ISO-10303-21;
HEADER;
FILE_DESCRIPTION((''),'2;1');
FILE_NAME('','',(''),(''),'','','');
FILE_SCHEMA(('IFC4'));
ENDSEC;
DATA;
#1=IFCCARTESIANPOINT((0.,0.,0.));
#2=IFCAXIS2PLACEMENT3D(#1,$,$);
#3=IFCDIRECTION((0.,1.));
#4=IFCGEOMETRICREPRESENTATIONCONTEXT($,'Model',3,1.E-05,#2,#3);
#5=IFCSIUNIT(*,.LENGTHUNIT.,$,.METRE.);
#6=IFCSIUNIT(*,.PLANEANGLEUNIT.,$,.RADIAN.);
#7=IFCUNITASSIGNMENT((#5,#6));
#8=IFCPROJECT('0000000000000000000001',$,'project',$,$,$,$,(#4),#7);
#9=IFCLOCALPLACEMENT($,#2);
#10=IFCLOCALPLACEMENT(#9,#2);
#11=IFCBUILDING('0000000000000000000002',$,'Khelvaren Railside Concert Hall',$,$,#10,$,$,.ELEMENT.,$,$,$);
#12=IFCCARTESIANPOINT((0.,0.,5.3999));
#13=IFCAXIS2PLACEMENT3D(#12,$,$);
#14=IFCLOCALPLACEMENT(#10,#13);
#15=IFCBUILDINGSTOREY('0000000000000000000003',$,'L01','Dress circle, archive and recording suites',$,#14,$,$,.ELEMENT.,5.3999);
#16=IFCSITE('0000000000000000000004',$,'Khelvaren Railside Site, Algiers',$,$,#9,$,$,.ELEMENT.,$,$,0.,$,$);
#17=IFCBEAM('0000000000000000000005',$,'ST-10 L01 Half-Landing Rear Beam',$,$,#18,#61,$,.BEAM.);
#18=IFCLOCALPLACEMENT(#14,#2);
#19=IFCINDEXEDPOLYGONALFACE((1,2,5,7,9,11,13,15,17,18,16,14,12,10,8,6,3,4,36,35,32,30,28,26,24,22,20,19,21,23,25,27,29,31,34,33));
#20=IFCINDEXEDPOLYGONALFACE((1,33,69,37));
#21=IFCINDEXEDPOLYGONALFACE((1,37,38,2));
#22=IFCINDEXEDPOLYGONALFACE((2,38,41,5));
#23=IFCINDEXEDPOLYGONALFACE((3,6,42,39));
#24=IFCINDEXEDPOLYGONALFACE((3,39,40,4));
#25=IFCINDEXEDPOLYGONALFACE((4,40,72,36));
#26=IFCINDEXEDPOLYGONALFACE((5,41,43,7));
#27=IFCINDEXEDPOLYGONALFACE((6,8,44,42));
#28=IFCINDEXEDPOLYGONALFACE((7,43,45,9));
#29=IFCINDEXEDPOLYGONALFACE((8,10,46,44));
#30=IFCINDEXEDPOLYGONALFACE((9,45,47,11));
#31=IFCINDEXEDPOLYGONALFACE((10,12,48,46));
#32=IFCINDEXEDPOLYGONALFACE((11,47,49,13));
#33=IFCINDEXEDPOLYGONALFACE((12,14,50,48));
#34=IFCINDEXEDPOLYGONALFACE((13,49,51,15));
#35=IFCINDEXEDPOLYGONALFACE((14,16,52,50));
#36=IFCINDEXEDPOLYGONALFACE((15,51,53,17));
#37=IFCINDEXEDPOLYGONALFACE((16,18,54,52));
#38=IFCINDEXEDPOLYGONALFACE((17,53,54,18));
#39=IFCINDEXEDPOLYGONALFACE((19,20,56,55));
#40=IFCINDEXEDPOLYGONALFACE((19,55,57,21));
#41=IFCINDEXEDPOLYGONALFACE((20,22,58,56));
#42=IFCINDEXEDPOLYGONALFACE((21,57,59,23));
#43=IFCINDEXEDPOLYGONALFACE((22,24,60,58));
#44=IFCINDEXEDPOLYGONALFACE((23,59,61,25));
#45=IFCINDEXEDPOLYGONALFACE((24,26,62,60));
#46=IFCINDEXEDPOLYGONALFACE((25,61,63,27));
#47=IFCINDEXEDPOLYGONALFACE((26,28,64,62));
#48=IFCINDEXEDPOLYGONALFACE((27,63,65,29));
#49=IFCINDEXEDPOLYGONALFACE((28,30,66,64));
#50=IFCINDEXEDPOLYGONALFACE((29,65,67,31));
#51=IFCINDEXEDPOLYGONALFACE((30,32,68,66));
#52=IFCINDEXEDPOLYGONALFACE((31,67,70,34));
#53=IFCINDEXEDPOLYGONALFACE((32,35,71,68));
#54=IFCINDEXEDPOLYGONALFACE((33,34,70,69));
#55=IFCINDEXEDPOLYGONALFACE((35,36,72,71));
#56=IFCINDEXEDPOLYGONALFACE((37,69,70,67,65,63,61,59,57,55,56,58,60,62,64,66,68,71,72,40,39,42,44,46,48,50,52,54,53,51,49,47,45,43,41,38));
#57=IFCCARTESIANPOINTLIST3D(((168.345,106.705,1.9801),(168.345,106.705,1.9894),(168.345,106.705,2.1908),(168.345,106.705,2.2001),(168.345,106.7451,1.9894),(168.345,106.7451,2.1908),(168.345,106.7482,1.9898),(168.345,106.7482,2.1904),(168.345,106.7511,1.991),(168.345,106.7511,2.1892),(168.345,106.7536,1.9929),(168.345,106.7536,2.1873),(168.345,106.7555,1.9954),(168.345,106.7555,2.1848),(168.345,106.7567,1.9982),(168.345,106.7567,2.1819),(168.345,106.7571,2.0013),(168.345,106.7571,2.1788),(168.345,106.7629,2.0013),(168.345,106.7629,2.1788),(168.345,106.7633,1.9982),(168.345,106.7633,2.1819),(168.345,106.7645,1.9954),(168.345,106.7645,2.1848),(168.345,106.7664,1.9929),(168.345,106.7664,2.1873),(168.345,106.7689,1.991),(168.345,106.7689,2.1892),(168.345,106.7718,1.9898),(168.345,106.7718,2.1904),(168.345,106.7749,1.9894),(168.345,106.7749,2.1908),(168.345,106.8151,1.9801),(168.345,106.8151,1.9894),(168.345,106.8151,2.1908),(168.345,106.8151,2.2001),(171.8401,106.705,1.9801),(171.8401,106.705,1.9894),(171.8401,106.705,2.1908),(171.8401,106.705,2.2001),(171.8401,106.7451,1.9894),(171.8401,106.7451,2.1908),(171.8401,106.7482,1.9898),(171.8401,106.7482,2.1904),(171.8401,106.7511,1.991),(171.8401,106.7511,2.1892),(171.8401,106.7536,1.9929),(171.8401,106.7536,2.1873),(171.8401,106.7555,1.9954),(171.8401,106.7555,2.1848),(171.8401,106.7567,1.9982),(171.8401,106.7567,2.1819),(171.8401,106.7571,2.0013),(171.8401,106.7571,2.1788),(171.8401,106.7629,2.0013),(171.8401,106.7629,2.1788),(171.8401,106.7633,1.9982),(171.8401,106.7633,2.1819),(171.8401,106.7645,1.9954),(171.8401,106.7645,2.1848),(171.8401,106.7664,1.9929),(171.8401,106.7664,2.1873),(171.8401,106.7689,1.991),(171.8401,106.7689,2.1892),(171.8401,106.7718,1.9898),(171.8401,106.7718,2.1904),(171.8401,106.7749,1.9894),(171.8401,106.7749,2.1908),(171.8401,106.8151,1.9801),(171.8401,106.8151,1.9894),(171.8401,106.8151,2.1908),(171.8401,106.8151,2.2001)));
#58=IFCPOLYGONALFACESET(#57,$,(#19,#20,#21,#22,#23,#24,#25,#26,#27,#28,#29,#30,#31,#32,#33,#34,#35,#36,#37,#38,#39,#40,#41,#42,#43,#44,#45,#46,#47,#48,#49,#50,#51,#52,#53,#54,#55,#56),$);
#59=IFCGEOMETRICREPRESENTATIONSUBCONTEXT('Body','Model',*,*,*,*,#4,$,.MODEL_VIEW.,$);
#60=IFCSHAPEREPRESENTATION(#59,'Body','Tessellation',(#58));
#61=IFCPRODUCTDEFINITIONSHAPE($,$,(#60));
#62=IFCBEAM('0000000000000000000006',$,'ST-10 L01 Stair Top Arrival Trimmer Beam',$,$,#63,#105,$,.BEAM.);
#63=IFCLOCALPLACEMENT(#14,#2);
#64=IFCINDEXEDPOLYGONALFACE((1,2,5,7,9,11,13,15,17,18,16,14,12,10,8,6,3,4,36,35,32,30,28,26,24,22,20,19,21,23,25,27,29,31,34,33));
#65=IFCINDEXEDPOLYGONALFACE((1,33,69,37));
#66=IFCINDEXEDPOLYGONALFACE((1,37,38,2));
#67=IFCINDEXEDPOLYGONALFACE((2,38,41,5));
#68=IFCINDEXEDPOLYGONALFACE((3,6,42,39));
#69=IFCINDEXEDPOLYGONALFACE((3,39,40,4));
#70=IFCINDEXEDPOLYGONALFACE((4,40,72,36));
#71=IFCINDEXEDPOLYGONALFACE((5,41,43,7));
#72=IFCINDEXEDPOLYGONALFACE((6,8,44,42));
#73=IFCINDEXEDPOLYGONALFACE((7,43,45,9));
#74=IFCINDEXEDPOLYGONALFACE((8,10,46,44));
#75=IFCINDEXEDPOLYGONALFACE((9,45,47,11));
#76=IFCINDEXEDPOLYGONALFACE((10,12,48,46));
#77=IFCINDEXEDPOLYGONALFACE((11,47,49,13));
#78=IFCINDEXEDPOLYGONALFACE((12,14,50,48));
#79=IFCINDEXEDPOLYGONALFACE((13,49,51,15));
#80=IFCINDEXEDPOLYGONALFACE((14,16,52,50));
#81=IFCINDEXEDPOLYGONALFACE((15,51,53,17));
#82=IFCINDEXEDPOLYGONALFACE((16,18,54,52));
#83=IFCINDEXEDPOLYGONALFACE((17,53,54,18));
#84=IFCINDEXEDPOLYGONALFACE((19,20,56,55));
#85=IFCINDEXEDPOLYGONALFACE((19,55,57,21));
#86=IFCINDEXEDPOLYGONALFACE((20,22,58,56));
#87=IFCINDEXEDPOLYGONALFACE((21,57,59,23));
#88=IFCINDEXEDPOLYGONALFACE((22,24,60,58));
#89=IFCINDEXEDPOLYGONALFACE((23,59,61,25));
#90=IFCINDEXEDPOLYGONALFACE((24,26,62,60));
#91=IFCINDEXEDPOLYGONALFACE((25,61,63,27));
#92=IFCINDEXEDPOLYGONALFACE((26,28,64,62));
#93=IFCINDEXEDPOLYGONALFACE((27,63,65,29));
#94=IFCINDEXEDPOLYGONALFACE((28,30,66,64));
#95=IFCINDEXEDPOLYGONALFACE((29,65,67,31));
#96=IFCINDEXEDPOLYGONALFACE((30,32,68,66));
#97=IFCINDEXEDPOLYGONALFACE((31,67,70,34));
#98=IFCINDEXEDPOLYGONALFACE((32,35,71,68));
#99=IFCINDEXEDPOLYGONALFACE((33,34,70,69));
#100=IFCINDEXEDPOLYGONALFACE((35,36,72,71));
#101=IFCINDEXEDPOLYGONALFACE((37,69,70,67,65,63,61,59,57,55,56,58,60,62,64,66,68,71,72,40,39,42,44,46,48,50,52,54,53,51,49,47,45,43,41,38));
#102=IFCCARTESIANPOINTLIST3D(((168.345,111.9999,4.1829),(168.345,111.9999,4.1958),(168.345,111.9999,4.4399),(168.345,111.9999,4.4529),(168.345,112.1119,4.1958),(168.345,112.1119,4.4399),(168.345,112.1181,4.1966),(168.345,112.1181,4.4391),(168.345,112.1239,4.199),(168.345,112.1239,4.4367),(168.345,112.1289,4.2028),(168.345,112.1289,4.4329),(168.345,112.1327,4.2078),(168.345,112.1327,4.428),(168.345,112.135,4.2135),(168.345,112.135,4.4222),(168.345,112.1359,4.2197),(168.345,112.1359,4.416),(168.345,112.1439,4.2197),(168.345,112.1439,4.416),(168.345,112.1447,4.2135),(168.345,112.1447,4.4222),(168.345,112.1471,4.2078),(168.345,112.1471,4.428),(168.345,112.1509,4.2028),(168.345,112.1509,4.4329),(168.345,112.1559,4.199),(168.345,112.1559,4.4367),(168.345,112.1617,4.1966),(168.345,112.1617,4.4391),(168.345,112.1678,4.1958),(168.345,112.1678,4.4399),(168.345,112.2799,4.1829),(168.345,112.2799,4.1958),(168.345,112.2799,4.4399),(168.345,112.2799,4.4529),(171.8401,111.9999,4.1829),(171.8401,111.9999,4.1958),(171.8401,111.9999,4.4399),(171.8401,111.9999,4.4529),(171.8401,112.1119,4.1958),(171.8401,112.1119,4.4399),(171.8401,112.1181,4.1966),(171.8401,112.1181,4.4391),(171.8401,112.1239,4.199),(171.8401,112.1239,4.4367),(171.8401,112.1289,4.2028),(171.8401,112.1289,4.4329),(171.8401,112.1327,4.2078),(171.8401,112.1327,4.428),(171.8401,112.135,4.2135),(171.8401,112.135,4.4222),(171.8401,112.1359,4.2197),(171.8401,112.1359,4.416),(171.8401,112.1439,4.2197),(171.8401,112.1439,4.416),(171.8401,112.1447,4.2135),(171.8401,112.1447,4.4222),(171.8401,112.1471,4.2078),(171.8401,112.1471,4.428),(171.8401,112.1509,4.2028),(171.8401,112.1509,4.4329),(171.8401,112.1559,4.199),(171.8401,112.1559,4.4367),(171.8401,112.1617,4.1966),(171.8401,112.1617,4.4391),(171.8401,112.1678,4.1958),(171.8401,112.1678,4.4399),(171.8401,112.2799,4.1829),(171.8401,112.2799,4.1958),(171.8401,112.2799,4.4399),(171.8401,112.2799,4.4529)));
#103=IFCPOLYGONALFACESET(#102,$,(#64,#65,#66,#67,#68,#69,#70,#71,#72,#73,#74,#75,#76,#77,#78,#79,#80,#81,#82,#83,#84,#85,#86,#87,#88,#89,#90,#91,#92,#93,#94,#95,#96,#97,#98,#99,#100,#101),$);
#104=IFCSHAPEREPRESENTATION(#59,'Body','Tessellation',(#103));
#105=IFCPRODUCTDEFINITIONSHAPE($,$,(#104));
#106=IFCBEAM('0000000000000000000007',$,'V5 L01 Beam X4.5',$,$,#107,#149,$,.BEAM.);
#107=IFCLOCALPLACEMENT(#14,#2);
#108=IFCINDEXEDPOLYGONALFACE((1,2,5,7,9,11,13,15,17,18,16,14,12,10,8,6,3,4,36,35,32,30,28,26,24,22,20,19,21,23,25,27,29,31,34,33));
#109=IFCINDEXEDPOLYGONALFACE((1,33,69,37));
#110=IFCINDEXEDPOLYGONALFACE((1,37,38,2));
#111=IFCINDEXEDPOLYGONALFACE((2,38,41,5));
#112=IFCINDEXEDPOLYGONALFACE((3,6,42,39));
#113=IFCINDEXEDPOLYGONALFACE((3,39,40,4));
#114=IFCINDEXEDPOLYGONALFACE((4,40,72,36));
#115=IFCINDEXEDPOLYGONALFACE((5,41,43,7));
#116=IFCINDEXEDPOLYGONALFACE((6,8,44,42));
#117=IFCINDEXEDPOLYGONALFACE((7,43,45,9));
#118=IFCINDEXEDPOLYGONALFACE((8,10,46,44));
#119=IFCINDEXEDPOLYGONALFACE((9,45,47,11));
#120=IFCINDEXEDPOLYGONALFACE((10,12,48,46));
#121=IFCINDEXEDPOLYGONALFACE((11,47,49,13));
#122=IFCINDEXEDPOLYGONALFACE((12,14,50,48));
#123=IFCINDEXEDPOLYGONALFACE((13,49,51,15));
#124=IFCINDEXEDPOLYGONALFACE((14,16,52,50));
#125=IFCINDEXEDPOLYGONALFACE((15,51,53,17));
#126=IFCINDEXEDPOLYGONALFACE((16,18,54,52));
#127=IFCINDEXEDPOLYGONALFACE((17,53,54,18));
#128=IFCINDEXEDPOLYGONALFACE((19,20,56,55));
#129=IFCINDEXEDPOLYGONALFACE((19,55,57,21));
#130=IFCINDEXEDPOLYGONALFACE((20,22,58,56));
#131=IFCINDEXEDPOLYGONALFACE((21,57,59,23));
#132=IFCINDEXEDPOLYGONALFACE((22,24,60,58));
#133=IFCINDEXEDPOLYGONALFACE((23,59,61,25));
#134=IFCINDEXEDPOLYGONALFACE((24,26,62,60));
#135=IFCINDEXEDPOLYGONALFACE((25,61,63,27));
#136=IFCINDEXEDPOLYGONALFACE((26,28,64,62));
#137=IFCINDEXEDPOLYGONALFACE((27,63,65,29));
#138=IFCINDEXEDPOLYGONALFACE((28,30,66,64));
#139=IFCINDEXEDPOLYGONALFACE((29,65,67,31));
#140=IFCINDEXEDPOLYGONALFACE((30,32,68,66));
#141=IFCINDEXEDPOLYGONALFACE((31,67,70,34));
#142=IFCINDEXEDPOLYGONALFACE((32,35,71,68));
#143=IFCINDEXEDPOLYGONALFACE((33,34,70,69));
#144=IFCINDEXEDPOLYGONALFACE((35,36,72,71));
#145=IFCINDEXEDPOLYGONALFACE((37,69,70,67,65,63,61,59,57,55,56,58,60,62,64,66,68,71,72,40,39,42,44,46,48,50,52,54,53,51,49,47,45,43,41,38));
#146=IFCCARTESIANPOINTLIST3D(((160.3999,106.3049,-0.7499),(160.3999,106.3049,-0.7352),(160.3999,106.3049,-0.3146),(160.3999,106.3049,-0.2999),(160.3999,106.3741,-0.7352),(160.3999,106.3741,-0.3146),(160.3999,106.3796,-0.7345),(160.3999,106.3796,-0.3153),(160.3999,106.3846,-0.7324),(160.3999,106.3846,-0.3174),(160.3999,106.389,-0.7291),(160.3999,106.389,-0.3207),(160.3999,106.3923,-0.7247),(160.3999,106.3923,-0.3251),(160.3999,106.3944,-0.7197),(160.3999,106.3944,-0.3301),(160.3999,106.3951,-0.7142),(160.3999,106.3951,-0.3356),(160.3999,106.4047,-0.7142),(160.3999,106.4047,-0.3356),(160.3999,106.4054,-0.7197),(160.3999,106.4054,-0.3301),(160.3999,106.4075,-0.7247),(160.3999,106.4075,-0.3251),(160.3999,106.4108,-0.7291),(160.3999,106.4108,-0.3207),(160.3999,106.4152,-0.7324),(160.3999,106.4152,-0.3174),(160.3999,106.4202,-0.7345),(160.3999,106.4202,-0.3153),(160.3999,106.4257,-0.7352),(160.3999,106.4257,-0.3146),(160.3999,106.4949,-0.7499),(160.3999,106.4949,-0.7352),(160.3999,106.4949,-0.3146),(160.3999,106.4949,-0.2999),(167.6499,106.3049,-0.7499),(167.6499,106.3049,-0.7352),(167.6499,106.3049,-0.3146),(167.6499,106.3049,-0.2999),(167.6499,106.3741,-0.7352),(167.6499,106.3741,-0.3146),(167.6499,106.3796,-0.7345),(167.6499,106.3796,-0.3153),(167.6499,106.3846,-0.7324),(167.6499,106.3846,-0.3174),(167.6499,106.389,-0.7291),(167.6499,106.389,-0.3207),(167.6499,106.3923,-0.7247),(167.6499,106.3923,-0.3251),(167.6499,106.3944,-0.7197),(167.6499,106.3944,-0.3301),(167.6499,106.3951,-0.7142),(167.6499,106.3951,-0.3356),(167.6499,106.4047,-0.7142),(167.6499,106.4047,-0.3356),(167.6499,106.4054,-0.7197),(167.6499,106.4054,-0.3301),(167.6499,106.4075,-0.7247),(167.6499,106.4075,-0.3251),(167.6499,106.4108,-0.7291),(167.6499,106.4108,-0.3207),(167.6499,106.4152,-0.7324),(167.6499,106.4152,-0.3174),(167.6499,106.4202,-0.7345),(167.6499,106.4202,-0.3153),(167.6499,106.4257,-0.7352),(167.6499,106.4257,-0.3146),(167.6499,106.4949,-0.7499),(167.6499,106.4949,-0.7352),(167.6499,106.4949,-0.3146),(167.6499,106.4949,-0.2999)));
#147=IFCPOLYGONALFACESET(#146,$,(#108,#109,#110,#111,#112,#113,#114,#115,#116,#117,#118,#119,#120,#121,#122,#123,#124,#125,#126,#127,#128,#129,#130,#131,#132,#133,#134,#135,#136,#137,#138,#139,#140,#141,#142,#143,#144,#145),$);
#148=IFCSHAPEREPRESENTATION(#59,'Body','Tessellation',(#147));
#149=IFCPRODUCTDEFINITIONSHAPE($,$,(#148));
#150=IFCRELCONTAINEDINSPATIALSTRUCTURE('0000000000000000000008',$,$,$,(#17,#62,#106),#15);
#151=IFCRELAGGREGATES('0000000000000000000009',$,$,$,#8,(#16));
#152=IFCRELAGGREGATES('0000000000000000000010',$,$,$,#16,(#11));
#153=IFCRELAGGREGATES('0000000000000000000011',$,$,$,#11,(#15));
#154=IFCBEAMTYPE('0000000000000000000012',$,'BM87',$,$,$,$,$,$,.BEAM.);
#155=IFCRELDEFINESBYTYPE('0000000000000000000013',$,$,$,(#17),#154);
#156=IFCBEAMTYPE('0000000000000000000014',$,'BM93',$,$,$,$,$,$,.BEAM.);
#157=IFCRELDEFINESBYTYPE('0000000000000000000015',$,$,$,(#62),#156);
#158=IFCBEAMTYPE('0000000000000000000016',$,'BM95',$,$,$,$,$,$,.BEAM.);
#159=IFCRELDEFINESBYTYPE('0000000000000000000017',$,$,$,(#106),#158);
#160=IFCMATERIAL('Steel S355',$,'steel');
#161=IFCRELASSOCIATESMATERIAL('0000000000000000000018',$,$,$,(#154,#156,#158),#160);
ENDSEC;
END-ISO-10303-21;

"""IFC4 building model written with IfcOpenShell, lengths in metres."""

from ifc_helpers import new_model, si_unit, direction, frame, origin, origin_2d, place, context, subcontext, project, spatial, i_section, extrude, material, material_profile, profile_set, type_object, element, save


model = new_model("IFC4")

# Units and contexts
model_context = context("Model", 3, precision=1e-05, world=origin(), true_north=direction((0.0, 1.0)))
body_context = subcontext(model_context, "Body", "Model", "MODEL_VIEW")
ifc_project = project(units=[si_unit("LENGTHUNIT", "METRE"), si_unit("PLANEANGLEUNIT", "RADIAN")], contexts=[model_context])

# Site, building, storey
site_placement = place(None, origin())
site = spatial("IfcSite", under=ifc_project, at=site_placement, Name="Khelvaren Railside Site, Algiers", CompositionType="ELEMENT", RefElevation=0.0)
building_placement = place(site_placement, origin())
building = spatial("IfcBuilding", under=site, at=building_placement, Name="Khelvaren Railside Concert Hall", CompositionType="ELEMENT")
storey_placement = place(building_placement, frame((0.0, 0.0, 5.3999)))
storey = spatial("IfcBuildingStorey", under=building, at=storey_placement, Name="L01", Description="Dress circle, archive and recording suites", CompositionType="ELEMENT", Elevation=5.3999)

# Beams
ifc_material_1 = material(Name="Steel S355", Category="steel")
ifc_material_profile_1 = material_profile(ifc_material_1, i_section(OverallWidth=0.1101, OverallDepth=0.22, WebThickness=0.0059, FlangeThickness=0.0093, FilletRadius=0.012, at=origin_2d()), Name="IPE 220")
ifc_profile_set_1 = profile_set([ifc_material_profile_1], Name="Steel S355")
beam_type_1 = type_object("IfcBeamType", Name="BM87", PredefinedType="BEAM", material=ifc_profile_set_1)
for number, where, z_axis, x_axis, name in (
    (1, (168.345, 106.76, 2.0901), (1.0, 0.0, 0.0), (0.0, 1.0, 0.0), "ST-10 L01 Half-Landing Rear Beam"),
):
    element("IfcBeam", number, at=place(storey_placement, frame(where, z_axis=z_axis, x_axis=x_axis)), inside=storey, type_object=beam_type_1, Name=name, PredefinedType="BEAM", context=body_context, shape_type="SweptSolid", body=[
        extrude(i_section(OverallWidth=0.1101, OverallDepth=0.22, WebThickness=0.0059, FlangeThickness=0.0093, FilletRadius=0.012, at=origin_2d()), origin(), (0.0, 0.0, 1.0), 3.4951),
    ])
ifc_material_profile_2 = material_profile(ifc_material_1, i_section(OverallWidth=0.28, OverallDepth=0.27, WebThickness=0.0081, FlangeThickness=0.0129, FilletRadius=0.0239, at=origin_2d()), Name="HEA 280")
ifc_profile_set_2 = profile_set([ifc_material_profile_2], Name="Steel S355")
beam_type_2 = type_object("IfcBeamType", Name="BM93", PredefinedType="BEAM", material=ifc_profile_set_2)
beam_1_placement = place(storey_placement, frame((168.345, 112.1399, 4.3179), z_axis=(1.0, 0.0, 0.0), x_axis=(0.0, 1.0, 0.0)))
element("IfcBeam", 2, at=beam_1_placement, inside=storey, type_object=beam_type_2, Name="ST-10 L01 Stair Top Arrival Trimmer Beam", PredefinedType="BEAM", context=body_context, shape_type="SweptSolid", body=[
    extrude(i_section(OverallWidth=0.28, OverallDepth=0.27, WebThickness=0.0081, FlangeThickness=0.0129, FilletRadius=0.0239, at=origin_2d()), origin(), (0.0, 0.0, 1.0), 3.4951),
])
ifc_material_profile_3 = material_profile(ifc_material_1, i_section(OverallWidth=0.1899, OverallDepth=0.45, WebThickness=0.0095, FlangeThickness=0.0146, FilletRadius=0.021, at=origin_2d()), Name="IPE 450")
ifc_profile_set_3 = profile_set([ifc_material_profile_3], Name="Steel S355")
beam_type_3 = type_object("IfcBeamType", Name="BM95", PredefinedType="BEAM", material=ifc_profile_set_3)
beam_2_placement = place(storey_placement, frame((160.3999, 106.3999, -0.5249), z_axis=(1.0, 0.0, 0.0), x_axis=(0.0, 1.0, 0.0)))
element("IfcBeam", 3, at=beam_2_placement, inside=storey, type_object=beam_type_3, Name="V5 L01 Beam X4.5", PredefinedType="BEAM", context=body_context, shape_type="SweptSolid", body=[
    extrude(i_section(OverallWidth=0.1899, OverallDepth=0.45, WebThickness=0.0095, FlangeThickness=0.0146, FilletRadius=0.021, at=origin_2d()), origin(), (0.0, 0.0, 1.0), 7.25),
])

save(model, "model.ifc")
